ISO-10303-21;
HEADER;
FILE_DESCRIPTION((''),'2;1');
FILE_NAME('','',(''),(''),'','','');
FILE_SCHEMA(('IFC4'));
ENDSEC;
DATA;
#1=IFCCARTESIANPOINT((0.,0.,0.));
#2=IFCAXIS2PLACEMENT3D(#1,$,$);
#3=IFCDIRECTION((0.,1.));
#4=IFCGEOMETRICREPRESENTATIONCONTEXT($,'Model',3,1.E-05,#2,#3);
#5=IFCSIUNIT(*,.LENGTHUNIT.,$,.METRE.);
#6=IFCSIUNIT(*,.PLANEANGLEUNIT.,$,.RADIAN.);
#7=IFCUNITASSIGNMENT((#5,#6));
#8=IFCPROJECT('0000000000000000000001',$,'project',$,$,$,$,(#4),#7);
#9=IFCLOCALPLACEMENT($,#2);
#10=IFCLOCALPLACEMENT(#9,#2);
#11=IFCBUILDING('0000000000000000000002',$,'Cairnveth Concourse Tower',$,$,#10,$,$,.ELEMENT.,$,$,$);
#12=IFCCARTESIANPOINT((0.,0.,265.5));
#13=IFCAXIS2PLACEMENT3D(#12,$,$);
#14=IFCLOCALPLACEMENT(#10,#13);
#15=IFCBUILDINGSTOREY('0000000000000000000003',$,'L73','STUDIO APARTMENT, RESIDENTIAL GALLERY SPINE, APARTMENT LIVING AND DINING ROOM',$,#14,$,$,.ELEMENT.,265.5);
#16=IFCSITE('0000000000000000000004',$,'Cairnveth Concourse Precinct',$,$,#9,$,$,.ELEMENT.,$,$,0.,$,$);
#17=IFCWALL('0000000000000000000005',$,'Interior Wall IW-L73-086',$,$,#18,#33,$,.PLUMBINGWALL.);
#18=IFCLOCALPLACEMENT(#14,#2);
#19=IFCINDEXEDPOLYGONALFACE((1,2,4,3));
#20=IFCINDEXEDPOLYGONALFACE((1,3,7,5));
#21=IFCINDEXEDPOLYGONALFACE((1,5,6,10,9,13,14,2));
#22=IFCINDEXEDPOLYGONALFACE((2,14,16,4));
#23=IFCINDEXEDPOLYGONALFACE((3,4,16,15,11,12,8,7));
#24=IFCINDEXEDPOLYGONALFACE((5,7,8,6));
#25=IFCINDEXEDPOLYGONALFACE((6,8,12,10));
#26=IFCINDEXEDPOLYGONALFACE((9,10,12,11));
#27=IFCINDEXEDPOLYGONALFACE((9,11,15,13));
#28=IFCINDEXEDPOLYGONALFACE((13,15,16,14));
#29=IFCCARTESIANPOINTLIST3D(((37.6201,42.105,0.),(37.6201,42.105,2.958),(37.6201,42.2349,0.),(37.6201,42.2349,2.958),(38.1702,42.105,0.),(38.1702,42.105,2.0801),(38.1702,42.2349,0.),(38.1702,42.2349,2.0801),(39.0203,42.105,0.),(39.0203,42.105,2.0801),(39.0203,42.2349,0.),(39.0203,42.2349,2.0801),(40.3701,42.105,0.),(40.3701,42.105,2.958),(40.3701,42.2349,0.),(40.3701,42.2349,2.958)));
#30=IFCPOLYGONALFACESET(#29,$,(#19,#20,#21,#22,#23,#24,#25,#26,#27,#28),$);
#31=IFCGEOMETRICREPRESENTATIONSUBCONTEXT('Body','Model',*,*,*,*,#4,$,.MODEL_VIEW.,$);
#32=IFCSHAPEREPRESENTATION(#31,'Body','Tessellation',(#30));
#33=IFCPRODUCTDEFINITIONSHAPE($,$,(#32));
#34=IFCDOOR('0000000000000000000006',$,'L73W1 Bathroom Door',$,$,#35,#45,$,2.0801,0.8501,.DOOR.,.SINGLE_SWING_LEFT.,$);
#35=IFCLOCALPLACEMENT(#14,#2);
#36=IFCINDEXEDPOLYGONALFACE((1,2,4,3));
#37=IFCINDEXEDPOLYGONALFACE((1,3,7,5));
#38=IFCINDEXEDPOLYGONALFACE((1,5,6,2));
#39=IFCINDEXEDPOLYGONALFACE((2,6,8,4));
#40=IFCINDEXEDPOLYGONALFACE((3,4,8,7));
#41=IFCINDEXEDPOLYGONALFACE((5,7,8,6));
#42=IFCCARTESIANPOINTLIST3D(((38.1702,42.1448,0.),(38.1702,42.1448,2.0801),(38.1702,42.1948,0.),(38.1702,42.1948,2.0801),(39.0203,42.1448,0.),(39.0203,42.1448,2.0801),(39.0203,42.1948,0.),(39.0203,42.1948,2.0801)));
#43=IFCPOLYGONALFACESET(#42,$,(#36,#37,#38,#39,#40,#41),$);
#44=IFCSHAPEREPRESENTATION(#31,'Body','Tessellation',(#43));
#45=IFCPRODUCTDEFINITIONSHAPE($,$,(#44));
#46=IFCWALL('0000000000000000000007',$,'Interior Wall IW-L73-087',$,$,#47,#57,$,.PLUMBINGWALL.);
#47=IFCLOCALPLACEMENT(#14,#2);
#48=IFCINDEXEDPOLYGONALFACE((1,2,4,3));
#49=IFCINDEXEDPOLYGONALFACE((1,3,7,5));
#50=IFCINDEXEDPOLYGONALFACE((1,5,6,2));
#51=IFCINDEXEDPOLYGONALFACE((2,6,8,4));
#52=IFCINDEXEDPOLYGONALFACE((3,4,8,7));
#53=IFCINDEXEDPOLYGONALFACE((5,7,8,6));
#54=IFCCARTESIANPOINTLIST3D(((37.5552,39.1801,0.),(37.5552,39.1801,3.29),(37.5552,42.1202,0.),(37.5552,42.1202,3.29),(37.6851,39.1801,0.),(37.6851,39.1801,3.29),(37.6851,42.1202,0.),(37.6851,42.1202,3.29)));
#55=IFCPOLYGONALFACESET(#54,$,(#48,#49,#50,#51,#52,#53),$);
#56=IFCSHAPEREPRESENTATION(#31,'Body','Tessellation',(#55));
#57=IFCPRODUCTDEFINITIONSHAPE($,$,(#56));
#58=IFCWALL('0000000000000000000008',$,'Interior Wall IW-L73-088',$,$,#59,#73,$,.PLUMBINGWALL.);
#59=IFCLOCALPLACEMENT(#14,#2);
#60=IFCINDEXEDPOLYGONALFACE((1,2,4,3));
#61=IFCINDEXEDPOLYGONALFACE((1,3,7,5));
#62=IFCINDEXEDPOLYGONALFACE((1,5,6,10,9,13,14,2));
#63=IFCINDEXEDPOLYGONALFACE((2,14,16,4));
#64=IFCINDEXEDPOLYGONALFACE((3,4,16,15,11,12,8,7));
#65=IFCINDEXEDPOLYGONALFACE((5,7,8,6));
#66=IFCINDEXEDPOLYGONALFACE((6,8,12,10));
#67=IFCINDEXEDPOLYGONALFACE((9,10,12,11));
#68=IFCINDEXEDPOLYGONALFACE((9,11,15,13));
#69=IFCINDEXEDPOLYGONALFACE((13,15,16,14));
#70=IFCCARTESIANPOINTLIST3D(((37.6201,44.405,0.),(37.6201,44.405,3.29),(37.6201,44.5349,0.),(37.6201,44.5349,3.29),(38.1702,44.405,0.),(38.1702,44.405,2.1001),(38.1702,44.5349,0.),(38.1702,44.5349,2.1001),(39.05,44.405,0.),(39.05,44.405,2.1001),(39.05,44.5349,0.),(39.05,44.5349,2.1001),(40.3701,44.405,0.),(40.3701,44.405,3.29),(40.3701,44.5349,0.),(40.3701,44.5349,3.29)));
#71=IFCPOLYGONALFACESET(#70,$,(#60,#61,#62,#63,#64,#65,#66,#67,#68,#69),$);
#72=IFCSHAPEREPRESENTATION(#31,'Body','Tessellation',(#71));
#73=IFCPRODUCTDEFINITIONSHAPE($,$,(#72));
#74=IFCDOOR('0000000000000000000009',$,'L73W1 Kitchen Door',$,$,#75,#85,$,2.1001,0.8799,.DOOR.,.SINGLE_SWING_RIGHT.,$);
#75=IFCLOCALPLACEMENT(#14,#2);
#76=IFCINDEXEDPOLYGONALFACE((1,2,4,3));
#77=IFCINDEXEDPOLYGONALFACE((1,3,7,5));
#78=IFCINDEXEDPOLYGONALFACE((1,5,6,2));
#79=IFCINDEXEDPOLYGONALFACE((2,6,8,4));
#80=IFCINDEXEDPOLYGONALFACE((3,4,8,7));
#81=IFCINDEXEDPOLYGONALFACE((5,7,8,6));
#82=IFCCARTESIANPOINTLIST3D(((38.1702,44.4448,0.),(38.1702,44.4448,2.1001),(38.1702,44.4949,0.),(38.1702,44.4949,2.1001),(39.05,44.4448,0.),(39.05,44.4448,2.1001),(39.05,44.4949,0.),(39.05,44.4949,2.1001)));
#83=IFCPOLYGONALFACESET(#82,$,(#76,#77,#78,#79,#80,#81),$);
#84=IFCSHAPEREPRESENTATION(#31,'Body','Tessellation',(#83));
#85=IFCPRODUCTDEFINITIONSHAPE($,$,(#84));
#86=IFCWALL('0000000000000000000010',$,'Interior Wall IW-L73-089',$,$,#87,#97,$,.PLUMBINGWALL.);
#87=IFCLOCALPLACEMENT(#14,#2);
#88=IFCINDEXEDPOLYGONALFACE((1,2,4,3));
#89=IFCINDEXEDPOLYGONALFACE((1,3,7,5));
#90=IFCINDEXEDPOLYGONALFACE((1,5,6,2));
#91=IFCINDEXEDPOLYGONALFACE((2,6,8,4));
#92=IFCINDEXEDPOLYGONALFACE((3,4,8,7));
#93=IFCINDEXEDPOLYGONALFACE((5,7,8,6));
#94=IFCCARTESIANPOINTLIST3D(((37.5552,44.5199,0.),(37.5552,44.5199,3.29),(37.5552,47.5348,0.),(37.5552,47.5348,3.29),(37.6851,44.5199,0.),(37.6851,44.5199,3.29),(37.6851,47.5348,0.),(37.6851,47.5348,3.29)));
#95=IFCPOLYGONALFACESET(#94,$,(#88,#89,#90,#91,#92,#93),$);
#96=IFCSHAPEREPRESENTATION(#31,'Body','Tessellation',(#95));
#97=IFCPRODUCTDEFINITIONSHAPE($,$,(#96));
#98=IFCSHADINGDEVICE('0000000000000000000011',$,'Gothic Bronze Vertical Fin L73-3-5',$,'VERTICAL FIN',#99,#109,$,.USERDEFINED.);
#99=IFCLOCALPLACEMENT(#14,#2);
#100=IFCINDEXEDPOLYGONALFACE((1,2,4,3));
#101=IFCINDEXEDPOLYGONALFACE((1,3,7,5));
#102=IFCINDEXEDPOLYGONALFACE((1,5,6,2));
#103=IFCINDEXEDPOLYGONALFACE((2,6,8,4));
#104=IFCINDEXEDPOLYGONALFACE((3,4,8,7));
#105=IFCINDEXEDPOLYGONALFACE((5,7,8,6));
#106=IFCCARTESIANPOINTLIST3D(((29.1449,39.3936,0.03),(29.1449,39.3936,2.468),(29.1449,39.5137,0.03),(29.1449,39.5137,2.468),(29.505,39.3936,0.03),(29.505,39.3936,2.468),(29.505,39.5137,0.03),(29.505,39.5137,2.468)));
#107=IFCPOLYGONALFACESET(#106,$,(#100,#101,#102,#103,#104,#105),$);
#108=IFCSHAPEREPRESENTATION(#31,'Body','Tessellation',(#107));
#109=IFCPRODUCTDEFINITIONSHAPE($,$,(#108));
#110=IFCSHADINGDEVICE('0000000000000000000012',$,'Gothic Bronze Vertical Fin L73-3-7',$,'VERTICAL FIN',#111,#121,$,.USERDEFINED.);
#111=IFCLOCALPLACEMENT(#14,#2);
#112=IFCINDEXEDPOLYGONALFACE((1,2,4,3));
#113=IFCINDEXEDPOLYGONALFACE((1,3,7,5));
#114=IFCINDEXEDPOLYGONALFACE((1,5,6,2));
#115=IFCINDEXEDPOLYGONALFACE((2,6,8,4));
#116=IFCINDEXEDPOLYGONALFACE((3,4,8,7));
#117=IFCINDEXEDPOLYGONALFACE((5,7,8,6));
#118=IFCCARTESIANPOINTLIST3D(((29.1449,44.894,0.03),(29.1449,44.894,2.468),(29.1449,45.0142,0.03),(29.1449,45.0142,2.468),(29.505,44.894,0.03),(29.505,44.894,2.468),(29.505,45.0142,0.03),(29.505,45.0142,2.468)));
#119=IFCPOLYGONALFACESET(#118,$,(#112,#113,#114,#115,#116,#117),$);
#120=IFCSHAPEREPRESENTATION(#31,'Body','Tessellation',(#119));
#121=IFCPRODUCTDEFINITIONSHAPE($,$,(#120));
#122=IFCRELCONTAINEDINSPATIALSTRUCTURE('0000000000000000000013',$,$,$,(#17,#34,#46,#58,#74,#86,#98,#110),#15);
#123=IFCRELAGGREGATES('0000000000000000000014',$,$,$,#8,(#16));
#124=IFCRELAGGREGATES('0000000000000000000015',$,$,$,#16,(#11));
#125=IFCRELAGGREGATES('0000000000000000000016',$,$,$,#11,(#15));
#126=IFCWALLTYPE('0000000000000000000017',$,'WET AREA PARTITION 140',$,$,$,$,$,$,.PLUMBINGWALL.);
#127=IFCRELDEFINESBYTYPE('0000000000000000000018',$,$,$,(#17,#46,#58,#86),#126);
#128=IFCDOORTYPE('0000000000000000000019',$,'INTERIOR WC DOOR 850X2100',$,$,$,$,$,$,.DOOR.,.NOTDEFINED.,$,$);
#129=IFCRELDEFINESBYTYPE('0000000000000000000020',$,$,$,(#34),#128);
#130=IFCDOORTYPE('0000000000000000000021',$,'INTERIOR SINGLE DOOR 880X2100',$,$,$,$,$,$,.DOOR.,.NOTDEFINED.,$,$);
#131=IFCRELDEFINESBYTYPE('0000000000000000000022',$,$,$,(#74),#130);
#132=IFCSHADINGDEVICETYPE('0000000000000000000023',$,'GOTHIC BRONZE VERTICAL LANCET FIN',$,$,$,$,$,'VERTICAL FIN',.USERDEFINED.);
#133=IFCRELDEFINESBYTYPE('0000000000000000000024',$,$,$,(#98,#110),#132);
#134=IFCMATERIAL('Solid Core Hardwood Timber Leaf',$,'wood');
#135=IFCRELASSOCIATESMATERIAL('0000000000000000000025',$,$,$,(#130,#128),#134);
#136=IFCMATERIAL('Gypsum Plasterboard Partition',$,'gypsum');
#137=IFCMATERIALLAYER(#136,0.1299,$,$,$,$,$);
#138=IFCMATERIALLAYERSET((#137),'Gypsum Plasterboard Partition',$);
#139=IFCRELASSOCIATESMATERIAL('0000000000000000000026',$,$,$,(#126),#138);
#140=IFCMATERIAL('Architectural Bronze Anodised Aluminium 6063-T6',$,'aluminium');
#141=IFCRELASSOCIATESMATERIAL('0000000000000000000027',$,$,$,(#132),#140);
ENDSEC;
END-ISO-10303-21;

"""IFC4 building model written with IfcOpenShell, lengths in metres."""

from ifc_helpers import new_model, si_unit, direction, frame, frame_2d, origin, origin_2d, place, context, subcontext, project, spatial, rectangle, extrude, material, layer, layer_set, type_object, element, fill, save


model = new_model("IFC4")

# Units and contexts
model_context = context("Model", 3, precision=1e-05, world=origin(), true_north=direction((0.0, 1.0)))
body_context = subcontext(model_context, "Body", "Model", "MODEL_VIEW")
ifc_project = project(units=[si_unit("LENGTHUNIT", "METRE"), si_unit("PLANEANGLEUNIT", "RADIAN")], contexts=[model_context])

# Site, building, storey
site_placement = place(None, origin())
site = spatial("IfcSite", under=ifc_project, at=site_placement, Name="Cairnveth Concourse Precinct", CompositionType="ELEMENT", RefElevation=0.0)
building_placement = place(site_placement, origin())
building = spatial("IfcBuilding", under=site, at=building_placement, Name="Cairnveth Concourse Tower", CompositionType="ELEMENT")
storey_placement = place(building_placement, frame((0.0, 0.0, 265.5)))
storey = spatial("IfcBuildingStorey", under=building, at=storey_placement, Name="L73", Description="STUDIO APARTMENT, RESIDENTIAL GALLERY SPINE, APARTMENT LIVING AND DINING ROOM", CompositionType="ELEMENT", Elevation=265.5)

# Shared definitions
ifc_material_1 = material(Name="Architectural Bronze Anodised Aluminium 6063-T6", Category="aluminium")

# Shared definitions
ifc_material_2 = material(Name="Gypsum Plasterboard Partition", Category="gypsum")

# Wall, opening, door
ifc_material_3 = material(Name="Solid Core Hardwood Timber Leaf", Category="wood")
door_type_1 = type_object("IfcDoorType", Name="INTERIOR SINGLE DOOR 880X2100", OperationType="NOTDEFINED", PredefinedType="DOOR", material=ifc_material_3)
ifc_layer_1 = layer(ifc_material_2, 0.1299)
ifc_layer_set_1 = layer_set([ifc_layer_1], Name="Gypsum Plasterboard Partition")
wall_type_1 = type_object("IfcWallType", Name="WET AREA PARTITION 140", PredefinedType="PLUMBINGWALL", material=ifc_layer_set_1)
wall_1_placement = place(storey_placement, frame((37.6201, 42.1699, 0.0), z_axis=(0.0, 0.0, 1.0), x_axis=(1.0, 0.0, 0.0)))
wall_1 = element("IfcWall", 1, at=wall_1_placement, inside=storey, type_object=wall_type_1, Name="Interior Wall IW-L73-086", PredefinedType="PLUMBINGWALL", context=body_context, shape_type="SweptSolid", body=[
    extrude(rectangle(XDim=2.75, YDim=0.1299, at=frame_2d((1.375, 0.0))), origin(), (0.0, 0.0, 1.0), 2.958),
])
opening_1_placement = place(wall_1_placement, frame((0.55, 0.0, 0.0)))
opening_1 = element("IfcOpeningElement", 2, at=opening_1_placement, cuts=wall_1, PredefinedType="OPENING", context=body_context, shape_type="SweptSolid", body=[
    extrude(rectangle(XDim=0.8501, YDim=2.0801, at=frame_2d((0.425, 1.04))), frame((0.0, 0.075, 0.0), z_axis=(0.0, -1.0, 0.0), x_axis=(1.0, 0.0, 0.0)), (0.0, 0.0, 1.0), 0.1499),
])
door_type_2 = type_object("IfcDoorType", Name="INTERIOR WC DOOR 850X2100", OperationType="NOTDEFINED", PredefinedType="DOOR", material=ifc_material_3)
door_1_placement = place(opening_1_placement, origin())
door_1 = element("IfcDoor", 3, at=door_1_placement, inside=storey, type_object=door_type_2, Name="L73W1 Bathroom Door", OperationType="SINGLE_SWING_LEFT", OverallHeight=2.0801, OverallWidth=0.8501, PredefinedType="DOOR", context=body_context, shape_type="SweptSolid", body=[
    extrude(rectangle(XDim=0.8501, YDim=2.0801, at=frame_2d((0.425, 1.04))), frame((0.0, 0.0249, 0.0), z_axis=(0.0, -1.0, 0.0), x_axis=(1.0, 0.0, 0.0)), (0.0, 0.0, 1.0), 0.05),
])
fill(opening_1, door_1)

# Wall
wall_2_placement = place(storey_placement, frame((37.6201, 39.1799, 0.0), z_axis=(0.0, 0.0, 1.0), x_axis=(0.0, 1.0, 0.0)))
element("IfcWall", 4, at=wall_2_placement, inside=storey, type_object=wall_type_1, Name="Interior Wall IW-L73-087", PredefinedType="PLUMBINGWALL", context=body_context, shape_type="SweptSolid", body=[
    extrude(rectangle(XDim=2.9402, YDim=0.1299, at=frame_2d((1.4702, 0.0))), origin(), (0.0, 0.0, 1.0), 3.29),
])

# Wall, opening, door
wall_3_placement = place(storey_placement, frame((37.6201, 44.47, 0.0), z_axis=(0.0, 0.0, 1.0), x_axis=(1.0, 0.0, 0.0)))
wall_3 = element("IfcWall", 5, at=wall_3_placement, inside=storey, type_object=wall_type_1, Name="Interior Wall IW-L73-088", PredefinedType="PLUMBINGWALL", context=body_context, shape_type="SweptSolid", body=[
    extrude(rectangle(XDim=2.75, YDim=0.1299, at=frame_2d((1.375, 0.0))), origin(), (0.0, 0.0, 1.0), 3.29),
])
opening_2_placement = place(wall_3_placement, frame((0.55, 0.0, 0.0)))
opening_2 = element("IfcOpeningElement", 6, at=opening_2_placement, cuts=wall_3, PredefinedType="OPENING", context=body_context, shape_type="SweptSolid", body=[
    extrude(rectangle(XDim=0.8799, YDim=2.1001, at=frame_2d((0.4399, 1.05))), frame((0.0, 0.075, 0.0), z_axis=(0.0, -1.0, 0.0), x_axis=(1.0, 0.0, 0.0)), (0.0, 0.0, 1.0), 0.1499),
])
door_2_placement = place(opening_2_placement, origin())
door_2 = element("IfcDoor", 7, at=door_2_placement, inside=storey, type_object=door_type_1, Name="L73W1 Kitchen Door", OperationType="SINGLE_SWING_RIGHT", OverallHeight=2.1001, OverallWidth=0.8799, PredefinedType="DOOR", context=body_context, shape_type="SweptSolid", body=[
    extrude(rectangle(XDim=0.8799, YDim=2.1001, at=frame_2d((0.4399, 1.05))), frame((0.0, 0.0249, 0.0), z_axis=(0.0, -1.0, 0.0), x_axis=(1.0, 0.0, 0.0)), (0.0, 0.0, 1.0), 0.05),
])
fill(opening_2, door_2)

# Wall
wall_4_placement = place(storey_placement, frame((37.6201, 44.52, 0.0), z_axis=(0.0, 0.0, 1.0), x_axis=(0.0, 1.0, 0.0)))
element("IfcWall", 8, at=wall_4_placement, inside=storey, type_object=wall_type_1, Name="Interior Wall IW-L73-089", PredefinedType="PLUMBINGWALL", context=body_context, shape_type="SweptSolid", body=[
    extrude(rectangle(XDim=3.0149, YDim=0.1299, at=frame_2d((1.5073, 0.0))), origin(), (0.0, 0.0, 1.0), 3.29),
])

# Shading devices
shading_device_type = type_object("IfcShadingDeviceType", Name="GOTHIC BRONZE VERTICAL LANCET FIN", ElementType="VERTICAL FIN", PredefinedType="USERDEFINED", material=ifc_material_1)
for number, where, z_axis, x_axis, name in (
    (9, (29.325, 39.4536, 0.03), (0.0, 0.0, 1.0), (0.0, 1.0, 0.0), "Gothic Bronze Vertical Fin L73-3-5"),
    (10, (29.325, 44.9541, 0.03), (0.0, 0.0, 1.0), (0.0, 1.0, 0.0), "Gothic Bronze Vertical Fin L73-3-7"),
):
    element("IfcShadingDevice", number, at=place(storey_placement, frame(where, z_axis=z_axis, x_axis=x_axis)), inside=storey, type_object=shading_device_type, Name=name, ObjectType="VERTICAL FIN", PredefinedType="USERDEFINED", context=body_context, shape_type="SweptSolid", body=[
        extrude(rectangle(XDim=0.1201, YDim=0.3601, at=origin_2d()), origin(), (0.0, 0.0, 1.0), 2.438),
    ])

save(model, "model.ifc")
